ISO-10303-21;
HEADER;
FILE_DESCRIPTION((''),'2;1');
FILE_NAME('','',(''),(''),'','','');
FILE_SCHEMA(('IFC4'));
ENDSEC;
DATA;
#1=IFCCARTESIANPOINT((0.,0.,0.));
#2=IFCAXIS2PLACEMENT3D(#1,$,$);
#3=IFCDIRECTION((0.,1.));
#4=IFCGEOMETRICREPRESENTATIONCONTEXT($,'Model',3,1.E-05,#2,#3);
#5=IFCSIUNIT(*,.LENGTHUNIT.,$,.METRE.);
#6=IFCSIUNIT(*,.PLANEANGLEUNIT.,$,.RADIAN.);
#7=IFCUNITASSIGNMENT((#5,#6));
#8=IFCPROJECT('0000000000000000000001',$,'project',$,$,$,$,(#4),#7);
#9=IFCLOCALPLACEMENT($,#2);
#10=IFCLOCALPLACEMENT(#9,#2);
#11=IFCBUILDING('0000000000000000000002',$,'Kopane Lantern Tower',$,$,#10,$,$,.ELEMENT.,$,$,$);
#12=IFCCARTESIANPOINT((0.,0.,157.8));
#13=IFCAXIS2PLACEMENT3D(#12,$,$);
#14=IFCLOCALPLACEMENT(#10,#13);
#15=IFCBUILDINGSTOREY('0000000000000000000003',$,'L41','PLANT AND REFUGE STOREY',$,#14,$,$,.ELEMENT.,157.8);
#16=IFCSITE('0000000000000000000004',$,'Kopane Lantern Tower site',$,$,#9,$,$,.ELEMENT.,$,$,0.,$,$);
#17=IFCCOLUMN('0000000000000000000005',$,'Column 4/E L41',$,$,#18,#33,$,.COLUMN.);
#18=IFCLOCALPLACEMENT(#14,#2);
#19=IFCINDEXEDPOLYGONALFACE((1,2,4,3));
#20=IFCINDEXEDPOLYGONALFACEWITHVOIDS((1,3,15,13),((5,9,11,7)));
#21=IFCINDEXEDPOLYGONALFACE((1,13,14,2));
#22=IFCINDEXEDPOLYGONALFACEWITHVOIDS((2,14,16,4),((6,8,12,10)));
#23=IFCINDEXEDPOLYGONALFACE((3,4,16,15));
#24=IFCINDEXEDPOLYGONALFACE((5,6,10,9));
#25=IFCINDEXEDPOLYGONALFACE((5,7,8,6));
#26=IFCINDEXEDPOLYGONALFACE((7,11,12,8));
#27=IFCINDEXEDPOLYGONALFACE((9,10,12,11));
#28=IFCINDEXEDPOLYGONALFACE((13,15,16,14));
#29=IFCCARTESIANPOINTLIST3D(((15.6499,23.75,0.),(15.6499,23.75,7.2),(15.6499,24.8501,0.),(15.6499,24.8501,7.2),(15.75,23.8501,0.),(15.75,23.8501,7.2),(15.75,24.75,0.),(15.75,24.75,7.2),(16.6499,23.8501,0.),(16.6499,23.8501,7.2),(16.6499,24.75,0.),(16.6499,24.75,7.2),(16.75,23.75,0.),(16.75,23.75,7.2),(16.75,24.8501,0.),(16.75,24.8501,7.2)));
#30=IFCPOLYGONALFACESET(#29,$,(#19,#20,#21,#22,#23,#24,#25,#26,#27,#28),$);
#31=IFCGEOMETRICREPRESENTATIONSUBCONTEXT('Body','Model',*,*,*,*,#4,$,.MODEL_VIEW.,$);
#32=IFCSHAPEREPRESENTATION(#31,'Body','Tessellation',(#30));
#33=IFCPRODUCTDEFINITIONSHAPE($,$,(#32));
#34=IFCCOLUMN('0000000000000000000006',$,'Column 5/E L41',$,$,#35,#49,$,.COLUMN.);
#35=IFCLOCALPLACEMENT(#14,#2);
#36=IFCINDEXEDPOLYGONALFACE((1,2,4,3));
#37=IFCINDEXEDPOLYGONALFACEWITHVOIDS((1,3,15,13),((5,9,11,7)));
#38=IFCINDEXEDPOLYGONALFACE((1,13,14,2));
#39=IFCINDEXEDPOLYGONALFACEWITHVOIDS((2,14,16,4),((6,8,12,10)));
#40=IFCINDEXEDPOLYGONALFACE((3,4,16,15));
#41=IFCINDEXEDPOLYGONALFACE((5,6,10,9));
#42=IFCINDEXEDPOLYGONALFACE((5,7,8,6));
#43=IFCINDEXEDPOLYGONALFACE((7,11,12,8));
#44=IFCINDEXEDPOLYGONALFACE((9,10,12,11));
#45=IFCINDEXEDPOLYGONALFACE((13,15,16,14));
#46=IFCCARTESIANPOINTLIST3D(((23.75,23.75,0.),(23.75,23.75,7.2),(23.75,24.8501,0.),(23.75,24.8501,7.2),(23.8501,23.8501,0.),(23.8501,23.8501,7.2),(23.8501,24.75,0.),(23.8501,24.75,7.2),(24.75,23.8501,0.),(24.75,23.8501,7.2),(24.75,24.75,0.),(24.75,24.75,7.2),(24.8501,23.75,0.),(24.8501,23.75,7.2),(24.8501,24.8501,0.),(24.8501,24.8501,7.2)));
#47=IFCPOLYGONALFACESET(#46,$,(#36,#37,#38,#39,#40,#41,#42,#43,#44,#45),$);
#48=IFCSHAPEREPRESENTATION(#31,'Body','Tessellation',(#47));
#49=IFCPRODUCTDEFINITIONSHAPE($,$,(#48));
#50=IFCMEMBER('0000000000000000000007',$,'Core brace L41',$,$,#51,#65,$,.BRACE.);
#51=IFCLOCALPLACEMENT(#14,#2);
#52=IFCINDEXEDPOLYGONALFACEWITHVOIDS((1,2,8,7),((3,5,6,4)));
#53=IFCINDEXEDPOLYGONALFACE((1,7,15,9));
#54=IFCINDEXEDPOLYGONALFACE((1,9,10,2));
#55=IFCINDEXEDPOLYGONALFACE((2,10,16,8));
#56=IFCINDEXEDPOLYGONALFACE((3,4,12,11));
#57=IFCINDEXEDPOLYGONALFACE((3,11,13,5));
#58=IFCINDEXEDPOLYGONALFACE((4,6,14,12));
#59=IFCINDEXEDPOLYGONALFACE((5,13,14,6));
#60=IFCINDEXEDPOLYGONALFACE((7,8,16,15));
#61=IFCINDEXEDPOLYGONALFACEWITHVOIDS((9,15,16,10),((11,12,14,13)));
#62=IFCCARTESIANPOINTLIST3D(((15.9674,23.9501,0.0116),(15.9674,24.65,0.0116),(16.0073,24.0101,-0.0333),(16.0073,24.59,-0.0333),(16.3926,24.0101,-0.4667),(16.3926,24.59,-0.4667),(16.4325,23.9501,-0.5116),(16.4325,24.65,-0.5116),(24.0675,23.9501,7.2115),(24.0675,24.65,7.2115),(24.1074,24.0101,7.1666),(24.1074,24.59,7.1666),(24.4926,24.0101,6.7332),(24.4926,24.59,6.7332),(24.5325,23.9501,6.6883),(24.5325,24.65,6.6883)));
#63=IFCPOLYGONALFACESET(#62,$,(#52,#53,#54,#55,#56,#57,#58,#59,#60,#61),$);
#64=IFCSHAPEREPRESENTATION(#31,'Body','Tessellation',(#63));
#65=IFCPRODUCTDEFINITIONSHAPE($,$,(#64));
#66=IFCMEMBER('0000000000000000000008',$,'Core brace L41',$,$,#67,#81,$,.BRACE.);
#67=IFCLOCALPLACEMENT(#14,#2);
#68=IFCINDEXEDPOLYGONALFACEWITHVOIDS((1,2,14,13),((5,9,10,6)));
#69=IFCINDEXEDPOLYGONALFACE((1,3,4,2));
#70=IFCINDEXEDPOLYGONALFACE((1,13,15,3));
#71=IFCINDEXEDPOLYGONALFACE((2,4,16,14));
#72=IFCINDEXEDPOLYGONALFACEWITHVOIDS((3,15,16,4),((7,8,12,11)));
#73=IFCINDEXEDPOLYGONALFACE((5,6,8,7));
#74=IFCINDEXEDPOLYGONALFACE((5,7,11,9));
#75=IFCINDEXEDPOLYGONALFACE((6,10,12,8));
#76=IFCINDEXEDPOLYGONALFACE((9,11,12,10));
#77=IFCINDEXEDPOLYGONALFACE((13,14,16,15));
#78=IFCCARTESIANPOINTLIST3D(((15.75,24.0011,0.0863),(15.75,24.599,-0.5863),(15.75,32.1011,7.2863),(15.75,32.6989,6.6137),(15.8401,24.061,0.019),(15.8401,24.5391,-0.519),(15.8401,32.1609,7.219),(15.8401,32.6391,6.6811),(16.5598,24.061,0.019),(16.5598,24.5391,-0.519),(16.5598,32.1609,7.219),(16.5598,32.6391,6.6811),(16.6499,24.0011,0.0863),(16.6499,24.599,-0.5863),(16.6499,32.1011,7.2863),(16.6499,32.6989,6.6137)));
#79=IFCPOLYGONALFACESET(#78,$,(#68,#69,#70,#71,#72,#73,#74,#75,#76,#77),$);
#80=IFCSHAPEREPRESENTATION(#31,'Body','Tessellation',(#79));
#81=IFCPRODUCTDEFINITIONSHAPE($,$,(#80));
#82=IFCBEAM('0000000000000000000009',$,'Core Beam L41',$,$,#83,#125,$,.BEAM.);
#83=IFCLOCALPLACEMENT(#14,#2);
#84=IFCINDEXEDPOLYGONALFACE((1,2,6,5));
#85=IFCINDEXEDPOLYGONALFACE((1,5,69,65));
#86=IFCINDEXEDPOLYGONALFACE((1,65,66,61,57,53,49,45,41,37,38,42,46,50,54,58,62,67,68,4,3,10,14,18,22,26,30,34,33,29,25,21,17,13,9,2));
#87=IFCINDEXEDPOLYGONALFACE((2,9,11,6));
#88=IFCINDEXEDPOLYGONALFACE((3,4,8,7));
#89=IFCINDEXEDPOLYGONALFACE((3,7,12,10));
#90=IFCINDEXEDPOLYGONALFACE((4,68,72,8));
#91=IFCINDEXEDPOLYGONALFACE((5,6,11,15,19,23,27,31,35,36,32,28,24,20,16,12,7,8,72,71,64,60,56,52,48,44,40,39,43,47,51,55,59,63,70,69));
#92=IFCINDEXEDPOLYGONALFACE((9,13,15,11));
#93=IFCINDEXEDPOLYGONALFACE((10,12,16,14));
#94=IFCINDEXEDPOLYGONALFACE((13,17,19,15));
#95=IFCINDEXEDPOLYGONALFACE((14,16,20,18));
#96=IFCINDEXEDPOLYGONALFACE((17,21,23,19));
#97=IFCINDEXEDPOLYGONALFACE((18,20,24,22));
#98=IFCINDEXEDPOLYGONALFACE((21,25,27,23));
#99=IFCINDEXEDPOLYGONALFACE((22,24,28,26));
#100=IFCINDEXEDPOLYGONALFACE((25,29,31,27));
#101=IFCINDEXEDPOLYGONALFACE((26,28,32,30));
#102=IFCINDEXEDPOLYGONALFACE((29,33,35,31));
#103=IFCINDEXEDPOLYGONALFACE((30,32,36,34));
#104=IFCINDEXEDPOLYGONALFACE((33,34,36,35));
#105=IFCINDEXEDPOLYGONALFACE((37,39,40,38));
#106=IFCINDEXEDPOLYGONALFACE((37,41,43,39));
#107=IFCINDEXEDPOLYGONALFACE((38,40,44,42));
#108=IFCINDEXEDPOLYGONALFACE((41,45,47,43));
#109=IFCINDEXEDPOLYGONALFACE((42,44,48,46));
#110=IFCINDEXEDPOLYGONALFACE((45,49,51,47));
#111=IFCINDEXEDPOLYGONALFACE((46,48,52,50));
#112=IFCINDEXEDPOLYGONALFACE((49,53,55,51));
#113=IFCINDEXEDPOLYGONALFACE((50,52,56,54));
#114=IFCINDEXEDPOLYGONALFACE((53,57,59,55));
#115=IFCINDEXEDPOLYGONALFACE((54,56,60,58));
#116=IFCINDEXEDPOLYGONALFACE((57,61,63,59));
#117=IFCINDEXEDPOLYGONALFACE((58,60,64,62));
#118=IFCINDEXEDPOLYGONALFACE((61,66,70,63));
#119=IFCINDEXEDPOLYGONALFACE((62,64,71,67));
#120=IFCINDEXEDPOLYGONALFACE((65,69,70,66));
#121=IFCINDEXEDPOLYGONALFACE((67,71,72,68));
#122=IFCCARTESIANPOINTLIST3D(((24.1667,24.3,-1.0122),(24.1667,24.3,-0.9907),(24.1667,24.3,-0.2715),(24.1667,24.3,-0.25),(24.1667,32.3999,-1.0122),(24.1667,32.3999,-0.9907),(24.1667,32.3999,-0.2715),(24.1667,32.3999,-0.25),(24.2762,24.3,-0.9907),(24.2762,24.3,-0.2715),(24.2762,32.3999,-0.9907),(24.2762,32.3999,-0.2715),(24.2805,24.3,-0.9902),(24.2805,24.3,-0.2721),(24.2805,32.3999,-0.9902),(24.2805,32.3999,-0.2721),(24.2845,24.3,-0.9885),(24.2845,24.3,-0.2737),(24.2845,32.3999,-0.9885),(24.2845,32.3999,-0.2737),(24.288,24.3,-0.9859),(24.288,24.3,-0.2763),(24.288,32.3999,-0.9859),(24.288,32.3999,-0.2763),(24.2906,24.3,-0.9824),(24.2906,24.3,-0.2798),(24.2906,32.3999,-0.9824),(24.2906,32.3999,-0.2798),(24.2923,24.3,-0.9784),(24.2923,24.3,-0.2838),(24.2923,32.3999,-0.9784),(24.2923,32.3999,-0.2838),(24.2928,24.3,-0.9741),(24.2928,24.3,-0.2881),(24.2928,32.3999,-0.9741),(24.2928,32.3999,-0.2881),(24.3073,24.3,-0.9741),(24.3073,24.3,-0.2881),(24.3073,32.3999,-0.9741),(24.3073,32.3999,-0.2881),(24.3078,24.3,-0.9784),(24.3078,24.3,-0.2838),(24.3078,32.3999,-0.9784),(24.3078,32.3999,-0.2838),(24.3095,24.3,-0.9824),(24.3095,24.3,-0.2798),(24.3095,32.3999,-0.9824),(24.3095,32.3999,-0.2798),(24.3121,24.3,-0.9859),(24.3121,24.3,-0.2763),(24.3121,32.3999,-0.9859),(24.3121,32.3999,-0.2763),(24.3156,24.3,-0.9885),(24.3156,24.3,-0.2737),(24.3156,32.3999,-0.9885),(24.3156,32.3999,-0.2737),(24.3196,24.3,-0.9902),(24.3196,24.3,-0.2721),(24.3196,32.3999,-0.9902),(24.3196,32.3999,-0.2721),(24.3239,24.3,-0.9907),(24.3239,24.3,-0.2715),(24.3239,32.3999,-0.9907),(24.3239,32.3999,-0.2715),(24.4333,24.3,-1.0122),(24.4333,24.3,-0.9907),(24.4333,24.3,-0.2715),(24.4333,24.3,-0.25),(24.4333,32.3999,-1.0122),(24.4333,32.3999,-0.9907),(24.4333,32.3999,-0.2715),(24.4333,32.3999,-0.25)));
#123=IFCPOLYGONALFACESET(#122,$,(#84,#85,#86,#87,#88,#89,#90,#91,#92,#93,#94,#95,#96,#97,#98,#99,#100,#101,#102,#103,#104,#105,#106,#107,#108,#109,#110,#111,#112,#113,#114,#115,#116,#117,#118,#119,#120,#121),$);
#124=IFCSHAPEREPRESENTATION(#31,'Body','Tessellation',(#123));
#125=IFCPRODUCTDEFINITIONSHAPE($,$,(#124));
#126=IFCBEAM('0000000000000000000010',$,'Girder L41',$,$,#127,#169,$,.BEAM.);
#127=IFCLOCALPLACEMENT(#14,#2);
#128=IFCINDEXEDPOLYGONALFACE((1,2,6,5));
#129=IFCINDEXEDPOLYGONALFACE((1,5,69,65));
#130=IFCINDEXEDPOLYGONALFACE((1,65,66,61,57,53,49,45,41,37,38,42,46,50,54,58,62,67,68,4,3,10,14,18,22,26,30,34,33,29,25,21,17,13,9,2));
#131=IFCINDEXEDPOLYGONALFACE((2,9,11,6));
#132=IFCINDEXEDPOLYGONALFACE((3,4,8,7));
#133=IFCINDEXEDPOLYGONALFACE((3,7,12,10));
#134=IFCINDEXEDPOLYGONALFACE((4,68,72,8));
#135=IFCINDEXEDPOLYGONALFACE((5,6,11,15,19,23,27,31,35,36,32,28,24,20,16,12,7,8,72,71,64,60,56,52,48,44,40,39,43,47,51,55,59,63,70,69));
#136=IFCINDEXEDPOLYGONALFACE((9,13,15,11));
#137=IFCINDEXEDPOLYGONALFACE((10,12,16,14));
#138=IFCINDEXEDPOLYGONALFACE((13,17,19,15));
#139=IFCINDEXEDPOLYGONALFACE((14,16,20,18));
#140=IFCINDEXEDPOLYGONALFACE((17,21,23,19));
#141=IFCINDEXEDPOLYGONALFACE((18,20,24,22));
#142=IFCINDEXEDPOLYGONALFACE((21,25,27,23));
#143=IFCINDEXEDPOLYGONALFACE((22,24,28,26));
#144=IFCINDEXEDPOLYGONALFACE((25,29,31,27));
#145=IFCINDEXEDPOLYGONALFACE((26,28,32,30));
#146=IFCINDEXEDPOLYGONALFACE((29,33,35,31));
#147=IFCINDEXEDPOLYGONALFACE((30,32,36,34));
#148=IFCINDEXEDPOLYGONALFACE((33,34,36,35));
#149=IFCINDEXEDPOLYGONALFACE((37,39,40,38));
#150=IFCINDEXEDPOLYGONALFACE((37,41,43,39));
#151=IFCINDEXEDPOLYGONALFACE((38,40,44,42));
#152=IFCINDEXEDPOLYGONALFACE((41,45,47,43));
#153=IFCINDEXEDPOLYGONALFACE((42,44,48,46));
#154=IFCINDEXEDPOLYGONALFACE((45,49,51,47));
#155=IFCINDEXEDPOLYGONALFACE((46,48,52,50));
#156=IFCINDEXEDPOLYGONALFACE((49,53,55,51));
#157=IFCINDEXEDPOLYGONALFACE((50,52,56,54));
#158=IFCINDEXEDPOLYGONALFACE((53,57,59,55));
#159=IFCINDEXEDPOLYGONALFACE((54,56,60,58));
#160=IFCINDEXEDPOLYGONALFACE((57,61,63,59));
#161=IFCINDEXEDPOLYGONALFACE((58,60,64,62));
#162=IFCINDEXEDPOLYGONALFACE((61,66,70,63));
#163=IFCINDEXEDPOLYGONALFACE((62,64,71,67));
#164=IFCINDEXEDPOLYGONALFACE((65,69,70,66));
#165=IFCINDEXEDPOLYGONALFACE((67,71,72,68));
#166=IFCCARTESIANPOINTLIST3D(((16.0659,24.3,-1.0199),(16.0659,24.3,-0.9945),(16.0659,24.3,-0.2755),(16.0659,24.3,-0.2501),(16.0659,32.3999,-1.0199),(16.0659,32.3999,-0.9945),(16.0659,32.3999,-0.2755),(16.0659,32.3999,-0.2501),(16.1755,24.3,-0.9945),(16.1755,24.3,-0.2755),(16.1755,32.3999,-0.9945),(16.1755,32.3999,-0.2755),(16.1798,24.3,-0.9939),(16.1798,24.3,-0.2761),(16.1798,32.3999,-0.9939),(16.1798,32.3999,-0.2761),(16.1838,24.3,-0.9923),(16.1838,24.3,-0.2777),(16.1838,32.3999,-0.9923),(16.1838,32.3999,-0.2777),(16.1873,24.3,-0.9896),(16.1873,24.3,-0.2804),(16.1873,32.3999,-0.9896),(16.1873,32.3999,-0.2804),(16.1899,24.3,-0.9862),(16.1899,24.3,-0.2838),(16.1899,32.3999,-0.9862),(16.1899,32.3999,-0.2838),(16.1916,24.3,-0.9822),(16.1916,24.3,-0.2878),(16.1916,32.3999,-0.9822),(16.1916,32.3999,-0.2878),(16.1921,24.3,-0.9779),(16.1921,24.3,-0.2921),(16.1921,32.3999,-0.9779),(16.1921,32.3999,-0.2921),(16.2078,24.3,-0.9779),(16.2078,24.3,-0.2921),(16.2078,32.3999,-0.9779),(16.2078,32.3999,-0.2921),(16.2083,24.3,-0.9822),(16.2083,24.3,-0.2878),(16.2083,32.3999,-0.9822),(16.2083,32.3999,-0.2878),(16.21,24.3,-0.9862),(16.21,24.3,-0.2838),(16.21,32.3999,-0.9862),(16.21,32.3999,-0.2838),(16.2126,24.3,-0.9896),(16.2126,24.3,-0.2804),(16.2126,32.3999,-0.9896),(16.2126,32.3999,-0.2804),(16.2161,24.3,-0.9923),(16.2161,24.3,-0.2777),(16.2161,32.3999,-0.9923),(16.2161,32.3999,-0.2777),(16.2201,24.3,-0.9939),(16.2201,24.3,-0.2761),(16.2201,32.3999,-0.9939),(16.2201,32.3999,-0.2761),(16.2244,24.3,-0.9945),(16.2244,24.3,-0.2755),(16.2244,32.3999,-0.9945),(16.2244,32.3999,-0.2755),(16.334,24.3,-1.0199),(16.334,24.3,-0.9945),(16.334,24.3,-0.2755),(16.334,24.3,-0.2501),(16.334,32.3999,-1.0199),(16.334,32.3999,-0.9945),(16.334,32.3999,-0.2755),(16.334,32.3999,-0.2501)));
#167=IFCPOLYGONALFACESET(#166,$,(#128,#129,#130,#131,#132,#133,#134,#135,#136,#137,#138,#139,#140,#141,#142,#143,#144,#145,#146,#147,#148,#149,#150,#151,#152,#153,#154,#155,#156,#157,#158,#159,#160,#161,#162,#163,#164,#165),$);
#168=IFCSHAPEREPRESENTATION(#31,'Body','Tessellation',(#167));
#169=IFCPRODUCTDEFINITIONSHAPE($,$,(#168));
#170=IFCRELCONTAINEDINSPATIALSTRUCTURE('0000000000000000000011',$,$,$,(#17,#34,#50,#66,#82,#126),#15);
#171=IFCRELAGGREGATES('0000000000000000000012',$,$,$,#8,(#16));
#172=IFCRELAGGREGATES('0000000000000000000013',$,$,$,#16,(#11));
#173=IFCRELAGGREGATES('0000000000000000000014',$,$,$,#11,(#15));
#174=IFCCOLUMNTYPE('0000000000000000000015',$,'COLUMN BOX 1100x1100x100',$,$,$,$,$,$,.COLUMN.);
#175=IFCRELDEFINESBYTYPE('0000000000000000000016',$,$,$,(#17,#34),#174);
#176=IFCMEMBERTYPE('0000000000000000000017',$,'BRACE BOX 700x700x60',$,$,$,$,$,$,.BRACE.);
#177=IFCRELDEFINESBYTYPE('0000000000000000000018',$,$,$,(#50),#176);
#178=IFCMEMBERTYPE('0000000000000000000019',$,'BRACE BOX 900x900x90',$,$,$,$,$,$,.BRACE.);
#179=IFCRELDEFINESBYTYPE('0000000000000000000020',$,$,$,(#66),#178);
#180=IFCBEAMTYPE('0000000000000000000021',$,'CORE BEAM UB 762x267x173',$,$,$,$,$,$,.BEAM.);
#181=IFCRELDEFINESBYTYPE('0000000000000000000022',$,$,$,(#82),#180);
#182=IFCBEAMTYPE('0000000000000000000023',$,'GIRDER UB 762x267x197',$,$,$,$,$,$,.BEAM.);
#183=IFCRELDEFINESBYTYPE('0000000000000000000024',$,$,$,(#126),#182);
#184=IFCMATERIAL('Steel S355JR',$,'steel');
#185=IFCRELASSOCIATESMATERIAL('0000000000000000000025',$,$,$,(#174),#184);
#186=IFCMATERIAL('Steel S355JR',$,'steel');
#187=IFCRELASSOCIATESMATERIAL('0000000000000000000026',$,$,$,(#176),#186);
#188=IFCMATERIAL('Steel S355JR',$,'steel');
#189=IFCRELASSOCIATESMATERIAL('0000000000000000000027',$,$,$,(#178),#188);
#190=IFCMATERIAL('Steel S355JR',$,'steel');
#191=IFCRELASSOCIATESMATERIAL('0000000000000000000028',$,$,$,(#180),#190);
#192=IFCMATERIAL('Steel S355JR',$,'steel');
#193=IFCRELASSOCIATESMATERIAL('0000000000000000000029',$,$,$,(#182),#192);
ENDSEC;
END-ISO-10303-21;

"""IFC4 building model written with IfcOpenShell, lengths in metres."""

from ifc_helpers import new_model, si_unit, direction, frame, origin, origin_2d, place, context, subcontext, project, spatial, hollow_rectangle, i_section, extrude, material, material_profile, profile_set, type_object, element, save


model = new_model("IFC4")

# Units and contexts
model_context = context("Model", 3, precision=1e-05, world=origin(), true_north=direction((0.0, 1.0)))
body_context = subcontext(model_context, "Body", "Model", "MODEL_VIEW")
ifc_project = project(units=[si_unit("LENGTHUNIT", "METRE"), si_unit("PLANEANGLEUNIT", "RADIAN")], contexts=[model_context])

# Site, building, storey
site_placement = place(None, origin())
site = spatial("IfcSite", under=ifc_project, at=site_placement, Name="Kopane Lantern Tower site", CompositionType="ELEMENT", RefElevation=0.0)
building_placement = place(site_placement, origin())
building = spatial("IfcBuilding", under=site, at=building_placement, Name="Kopane Lantern Tower", CompositionType="ELEMENT")
storey_placement = place(building_placement, frame((0.0, 0.0, 157.8)))
storey = spatial("IfcBuildingStorey", under=building, at=storey_placement, Name="L41", Description="PLANT AND REFUGE STOREY", CompositionType="ELEMENT", Elevation=157.8)

# Columns
ifc_material_1 = material(Name="Steel S355JR", Category="steel")
ifc_material_profile_1 = material_profile(ifc_material_1, hollow_rectangle(XDim=1.1001, YDim=1.1001, WallThickness=0.1001, at=origin_2d()), Name="BOX 1100x1100x100")
ifc_profile_set_1 = profile_set([ifc_material_profile_1], Name="Steel S355JR")
column_type = type_object("IfcColumnType", Name="COLUMN BOX 1100x1100x100", PredefinedType="COLUMN", material=ifc_profile_set_1)
for number, where, z_axis, x_axis, name in (
    (1, (16.2, 24.3, 0.0), (0.0, 0.0, 1.0), (1.0, 0.0, 0.0), "Column 4/E L41"),
    (2, (24.3, 24.3, 0.0), (0.0, 0.0, 1.0), (1.0, 0.0, 0.0), "Column 5/E L41"),
):
    element("IfcColumn", number, at=place(storey_placement, frame(where, z_axis=z_axis, x_axis=x_axis)), inside=storey, type_object=column_type, Name=name, PredefinedType="COLUMN", context=body_context, shape_type="SweptSolid", body=[
        extrude(hollow_rectangle(XDim=1.1001, YDim=1.1001, WallThickness=0.1001, at=origin_2d()), origin(), (0.0, 0.0, 1.0), 7.2),
    ])

# Members
ifc_material_2 = material(Name="Steel S355JR", Category="steel")
ifc_material_profile_2 = material_profile(ifc_material_2, hollow_rectangle(XDim=0.7, YDim=0.7, WallThickness=0.0601, at=origin_2d()), Name="BOX 700x700x60")
ifc_profile_set_2 = profile_set([ifc_material_profile_2], Name="Steel S355JR")
member_type_1 = type_object("IfcMemberType", Name="BRACE BOX 700x700x60", PredefinedType="BRACE", material=ifc_profile_set_2)
member_1_placement = place(storey_placement, frame((16.2, 24.3, -0.25), z_axis=(0.747416, 0.0, 0.664357), x_axis=(0.0, 1.0, 0.0)))
element("IfcMember", 3, at=member_1_placement, inside=storey, type_object=member_type_1, Name="Core brace L41", PredefinedType="BRACE", context=body_context, shape_type="SweptSolid", body=[
    extrude(hollow_rectangle(XDim=0.7, YDim=0.7, WallThickness=0.0601, at=origin_2d()), origin(), (0.0, 0.0, 1.0), 10.8374),
])
ifc_material_3 = material(Name="Steel S355JR", Category="steel")
ifc_material_profile_3 = material_profile(ifc_material_3, hollow_rectangle(XDim=0.8999, YDim=0.8999, WallThickness=0.0901, at=origin_2d()), Name="BOX 900x900x90")
ifc_profile_set_3 = profile_set([ifc_material_profile_3], Name="Steel S355JR")
member_type_2 = type_object("IfcMemberType", Name="BRACE BOX 900x900x90", PredefinedType="BRACE", material=ifc_profile_set_3)
member_2_placement = place(storey_placement, frame((16.2, 24.3, -0.25), z_axis=(0.0, 0.747406, 0.664368), x_axis=(-1.0, 0.0, 0.0)))
element("IfcMember", 4, at=member_2_placement, inside=storey, type_object=member_type_2, Name="Core brace L41", PredefinedType="BRACE", context=body_context, shape_type="SweptSolid", body=[
    extrude(hollow_rectangle(XDim=0.8999, YDim=0.8999, WallThickness=0.0901, at=origin_2d()), origin(), (0.0, 0.0, 1.0), 10.8374),
])

# Beams
ifc_material_4 = material(Name="Steel S355JR", Category="steel")
ifc_material_profile_4 = material_profile(ifc_material_4, i_section(OverallWidth=0.2666, OverallDepth=0.7622, WebThickness=0.0144, FlangeThickness=0.0215, FilletRadius=0.0166, at=origin_2d()), Name="UB 762x267x173")
ifc_profile_set_4 = profile_set([ifc_material_profile_4], Name="Steel S355JR")
beam_type_1 = type_object("IfcBeamType", Name="CORE BEAM UB 762x267x173", PredefinedType="BEAM", material=ifc_profile_set_4)
beam_1_placement = place(storey_placement, frame((24.3, 24.3, -0.6311), z_axis=(0.0, 1.0, 0.0), x_axis=(-1.0, 0.0, 0.0)))
element("IfcBeam", 5, at=beam_1_placement, inside=storey, type_object=beam_type_1, Name="Core Beam L41", PredefinedType="BEAM", context=body_context, shape_type="SweptSolid", body=[
    extrude(i_section(OverallWidth=0.2666, OverallDepth=0.7622, WebThickness=0.0144, FlangeThickness=0.0215, FilletRadius=0.0166, at=origin_2d()), origin(), (0.0, 0.0, 1.0), 8.0999),
])
ifc_material_5 = material(Name="Steel S355JR", Category="steel")
ifc_material_profile_5 = material_profile(ifc_material_5, i_section(OverallWidth=0.2681, OverallDepth=0.7698, WebThickness=0.0156, FlangeThickness=0.0254, FilletRadius=0.0166, at=origin_2d()), Name="UB 762x267x197")
ifc_profile_set_5 = profile_set([ifc_material_profile_5], Name="Steel S355JR")
beam_type_2 = type_object("IfcBeamType", Name="GIRDER UB 762x267x197", PredefinedType="BEAM", material=ifc_profile_set_5)
beam_2_placement = place(storey_placement, frame((16.2, 24.3, -0.635), z_axis=(0.0, 1.0, 0.0), x_axis=(-1.0, 0.0, 0.0)))
element("IfcBeam", 6, at=beam_2_placement, inside=storey, type_object=beam_type_2, Name="Girder L41", PredefinedType="BEAM", context=body_context, shape_type="SweptSolid", body=[
    extrude(i_section(OverallWidth=0.2681, OverallDepth=0.7698, WebThickness=0.0156, FlangeThickness=0.0254, FilletRadius=0.0166, at=origin_2d()), origin(), (0.0, 0.0, 1.0), 8.0999),
])

save(model, "model.ifc")
